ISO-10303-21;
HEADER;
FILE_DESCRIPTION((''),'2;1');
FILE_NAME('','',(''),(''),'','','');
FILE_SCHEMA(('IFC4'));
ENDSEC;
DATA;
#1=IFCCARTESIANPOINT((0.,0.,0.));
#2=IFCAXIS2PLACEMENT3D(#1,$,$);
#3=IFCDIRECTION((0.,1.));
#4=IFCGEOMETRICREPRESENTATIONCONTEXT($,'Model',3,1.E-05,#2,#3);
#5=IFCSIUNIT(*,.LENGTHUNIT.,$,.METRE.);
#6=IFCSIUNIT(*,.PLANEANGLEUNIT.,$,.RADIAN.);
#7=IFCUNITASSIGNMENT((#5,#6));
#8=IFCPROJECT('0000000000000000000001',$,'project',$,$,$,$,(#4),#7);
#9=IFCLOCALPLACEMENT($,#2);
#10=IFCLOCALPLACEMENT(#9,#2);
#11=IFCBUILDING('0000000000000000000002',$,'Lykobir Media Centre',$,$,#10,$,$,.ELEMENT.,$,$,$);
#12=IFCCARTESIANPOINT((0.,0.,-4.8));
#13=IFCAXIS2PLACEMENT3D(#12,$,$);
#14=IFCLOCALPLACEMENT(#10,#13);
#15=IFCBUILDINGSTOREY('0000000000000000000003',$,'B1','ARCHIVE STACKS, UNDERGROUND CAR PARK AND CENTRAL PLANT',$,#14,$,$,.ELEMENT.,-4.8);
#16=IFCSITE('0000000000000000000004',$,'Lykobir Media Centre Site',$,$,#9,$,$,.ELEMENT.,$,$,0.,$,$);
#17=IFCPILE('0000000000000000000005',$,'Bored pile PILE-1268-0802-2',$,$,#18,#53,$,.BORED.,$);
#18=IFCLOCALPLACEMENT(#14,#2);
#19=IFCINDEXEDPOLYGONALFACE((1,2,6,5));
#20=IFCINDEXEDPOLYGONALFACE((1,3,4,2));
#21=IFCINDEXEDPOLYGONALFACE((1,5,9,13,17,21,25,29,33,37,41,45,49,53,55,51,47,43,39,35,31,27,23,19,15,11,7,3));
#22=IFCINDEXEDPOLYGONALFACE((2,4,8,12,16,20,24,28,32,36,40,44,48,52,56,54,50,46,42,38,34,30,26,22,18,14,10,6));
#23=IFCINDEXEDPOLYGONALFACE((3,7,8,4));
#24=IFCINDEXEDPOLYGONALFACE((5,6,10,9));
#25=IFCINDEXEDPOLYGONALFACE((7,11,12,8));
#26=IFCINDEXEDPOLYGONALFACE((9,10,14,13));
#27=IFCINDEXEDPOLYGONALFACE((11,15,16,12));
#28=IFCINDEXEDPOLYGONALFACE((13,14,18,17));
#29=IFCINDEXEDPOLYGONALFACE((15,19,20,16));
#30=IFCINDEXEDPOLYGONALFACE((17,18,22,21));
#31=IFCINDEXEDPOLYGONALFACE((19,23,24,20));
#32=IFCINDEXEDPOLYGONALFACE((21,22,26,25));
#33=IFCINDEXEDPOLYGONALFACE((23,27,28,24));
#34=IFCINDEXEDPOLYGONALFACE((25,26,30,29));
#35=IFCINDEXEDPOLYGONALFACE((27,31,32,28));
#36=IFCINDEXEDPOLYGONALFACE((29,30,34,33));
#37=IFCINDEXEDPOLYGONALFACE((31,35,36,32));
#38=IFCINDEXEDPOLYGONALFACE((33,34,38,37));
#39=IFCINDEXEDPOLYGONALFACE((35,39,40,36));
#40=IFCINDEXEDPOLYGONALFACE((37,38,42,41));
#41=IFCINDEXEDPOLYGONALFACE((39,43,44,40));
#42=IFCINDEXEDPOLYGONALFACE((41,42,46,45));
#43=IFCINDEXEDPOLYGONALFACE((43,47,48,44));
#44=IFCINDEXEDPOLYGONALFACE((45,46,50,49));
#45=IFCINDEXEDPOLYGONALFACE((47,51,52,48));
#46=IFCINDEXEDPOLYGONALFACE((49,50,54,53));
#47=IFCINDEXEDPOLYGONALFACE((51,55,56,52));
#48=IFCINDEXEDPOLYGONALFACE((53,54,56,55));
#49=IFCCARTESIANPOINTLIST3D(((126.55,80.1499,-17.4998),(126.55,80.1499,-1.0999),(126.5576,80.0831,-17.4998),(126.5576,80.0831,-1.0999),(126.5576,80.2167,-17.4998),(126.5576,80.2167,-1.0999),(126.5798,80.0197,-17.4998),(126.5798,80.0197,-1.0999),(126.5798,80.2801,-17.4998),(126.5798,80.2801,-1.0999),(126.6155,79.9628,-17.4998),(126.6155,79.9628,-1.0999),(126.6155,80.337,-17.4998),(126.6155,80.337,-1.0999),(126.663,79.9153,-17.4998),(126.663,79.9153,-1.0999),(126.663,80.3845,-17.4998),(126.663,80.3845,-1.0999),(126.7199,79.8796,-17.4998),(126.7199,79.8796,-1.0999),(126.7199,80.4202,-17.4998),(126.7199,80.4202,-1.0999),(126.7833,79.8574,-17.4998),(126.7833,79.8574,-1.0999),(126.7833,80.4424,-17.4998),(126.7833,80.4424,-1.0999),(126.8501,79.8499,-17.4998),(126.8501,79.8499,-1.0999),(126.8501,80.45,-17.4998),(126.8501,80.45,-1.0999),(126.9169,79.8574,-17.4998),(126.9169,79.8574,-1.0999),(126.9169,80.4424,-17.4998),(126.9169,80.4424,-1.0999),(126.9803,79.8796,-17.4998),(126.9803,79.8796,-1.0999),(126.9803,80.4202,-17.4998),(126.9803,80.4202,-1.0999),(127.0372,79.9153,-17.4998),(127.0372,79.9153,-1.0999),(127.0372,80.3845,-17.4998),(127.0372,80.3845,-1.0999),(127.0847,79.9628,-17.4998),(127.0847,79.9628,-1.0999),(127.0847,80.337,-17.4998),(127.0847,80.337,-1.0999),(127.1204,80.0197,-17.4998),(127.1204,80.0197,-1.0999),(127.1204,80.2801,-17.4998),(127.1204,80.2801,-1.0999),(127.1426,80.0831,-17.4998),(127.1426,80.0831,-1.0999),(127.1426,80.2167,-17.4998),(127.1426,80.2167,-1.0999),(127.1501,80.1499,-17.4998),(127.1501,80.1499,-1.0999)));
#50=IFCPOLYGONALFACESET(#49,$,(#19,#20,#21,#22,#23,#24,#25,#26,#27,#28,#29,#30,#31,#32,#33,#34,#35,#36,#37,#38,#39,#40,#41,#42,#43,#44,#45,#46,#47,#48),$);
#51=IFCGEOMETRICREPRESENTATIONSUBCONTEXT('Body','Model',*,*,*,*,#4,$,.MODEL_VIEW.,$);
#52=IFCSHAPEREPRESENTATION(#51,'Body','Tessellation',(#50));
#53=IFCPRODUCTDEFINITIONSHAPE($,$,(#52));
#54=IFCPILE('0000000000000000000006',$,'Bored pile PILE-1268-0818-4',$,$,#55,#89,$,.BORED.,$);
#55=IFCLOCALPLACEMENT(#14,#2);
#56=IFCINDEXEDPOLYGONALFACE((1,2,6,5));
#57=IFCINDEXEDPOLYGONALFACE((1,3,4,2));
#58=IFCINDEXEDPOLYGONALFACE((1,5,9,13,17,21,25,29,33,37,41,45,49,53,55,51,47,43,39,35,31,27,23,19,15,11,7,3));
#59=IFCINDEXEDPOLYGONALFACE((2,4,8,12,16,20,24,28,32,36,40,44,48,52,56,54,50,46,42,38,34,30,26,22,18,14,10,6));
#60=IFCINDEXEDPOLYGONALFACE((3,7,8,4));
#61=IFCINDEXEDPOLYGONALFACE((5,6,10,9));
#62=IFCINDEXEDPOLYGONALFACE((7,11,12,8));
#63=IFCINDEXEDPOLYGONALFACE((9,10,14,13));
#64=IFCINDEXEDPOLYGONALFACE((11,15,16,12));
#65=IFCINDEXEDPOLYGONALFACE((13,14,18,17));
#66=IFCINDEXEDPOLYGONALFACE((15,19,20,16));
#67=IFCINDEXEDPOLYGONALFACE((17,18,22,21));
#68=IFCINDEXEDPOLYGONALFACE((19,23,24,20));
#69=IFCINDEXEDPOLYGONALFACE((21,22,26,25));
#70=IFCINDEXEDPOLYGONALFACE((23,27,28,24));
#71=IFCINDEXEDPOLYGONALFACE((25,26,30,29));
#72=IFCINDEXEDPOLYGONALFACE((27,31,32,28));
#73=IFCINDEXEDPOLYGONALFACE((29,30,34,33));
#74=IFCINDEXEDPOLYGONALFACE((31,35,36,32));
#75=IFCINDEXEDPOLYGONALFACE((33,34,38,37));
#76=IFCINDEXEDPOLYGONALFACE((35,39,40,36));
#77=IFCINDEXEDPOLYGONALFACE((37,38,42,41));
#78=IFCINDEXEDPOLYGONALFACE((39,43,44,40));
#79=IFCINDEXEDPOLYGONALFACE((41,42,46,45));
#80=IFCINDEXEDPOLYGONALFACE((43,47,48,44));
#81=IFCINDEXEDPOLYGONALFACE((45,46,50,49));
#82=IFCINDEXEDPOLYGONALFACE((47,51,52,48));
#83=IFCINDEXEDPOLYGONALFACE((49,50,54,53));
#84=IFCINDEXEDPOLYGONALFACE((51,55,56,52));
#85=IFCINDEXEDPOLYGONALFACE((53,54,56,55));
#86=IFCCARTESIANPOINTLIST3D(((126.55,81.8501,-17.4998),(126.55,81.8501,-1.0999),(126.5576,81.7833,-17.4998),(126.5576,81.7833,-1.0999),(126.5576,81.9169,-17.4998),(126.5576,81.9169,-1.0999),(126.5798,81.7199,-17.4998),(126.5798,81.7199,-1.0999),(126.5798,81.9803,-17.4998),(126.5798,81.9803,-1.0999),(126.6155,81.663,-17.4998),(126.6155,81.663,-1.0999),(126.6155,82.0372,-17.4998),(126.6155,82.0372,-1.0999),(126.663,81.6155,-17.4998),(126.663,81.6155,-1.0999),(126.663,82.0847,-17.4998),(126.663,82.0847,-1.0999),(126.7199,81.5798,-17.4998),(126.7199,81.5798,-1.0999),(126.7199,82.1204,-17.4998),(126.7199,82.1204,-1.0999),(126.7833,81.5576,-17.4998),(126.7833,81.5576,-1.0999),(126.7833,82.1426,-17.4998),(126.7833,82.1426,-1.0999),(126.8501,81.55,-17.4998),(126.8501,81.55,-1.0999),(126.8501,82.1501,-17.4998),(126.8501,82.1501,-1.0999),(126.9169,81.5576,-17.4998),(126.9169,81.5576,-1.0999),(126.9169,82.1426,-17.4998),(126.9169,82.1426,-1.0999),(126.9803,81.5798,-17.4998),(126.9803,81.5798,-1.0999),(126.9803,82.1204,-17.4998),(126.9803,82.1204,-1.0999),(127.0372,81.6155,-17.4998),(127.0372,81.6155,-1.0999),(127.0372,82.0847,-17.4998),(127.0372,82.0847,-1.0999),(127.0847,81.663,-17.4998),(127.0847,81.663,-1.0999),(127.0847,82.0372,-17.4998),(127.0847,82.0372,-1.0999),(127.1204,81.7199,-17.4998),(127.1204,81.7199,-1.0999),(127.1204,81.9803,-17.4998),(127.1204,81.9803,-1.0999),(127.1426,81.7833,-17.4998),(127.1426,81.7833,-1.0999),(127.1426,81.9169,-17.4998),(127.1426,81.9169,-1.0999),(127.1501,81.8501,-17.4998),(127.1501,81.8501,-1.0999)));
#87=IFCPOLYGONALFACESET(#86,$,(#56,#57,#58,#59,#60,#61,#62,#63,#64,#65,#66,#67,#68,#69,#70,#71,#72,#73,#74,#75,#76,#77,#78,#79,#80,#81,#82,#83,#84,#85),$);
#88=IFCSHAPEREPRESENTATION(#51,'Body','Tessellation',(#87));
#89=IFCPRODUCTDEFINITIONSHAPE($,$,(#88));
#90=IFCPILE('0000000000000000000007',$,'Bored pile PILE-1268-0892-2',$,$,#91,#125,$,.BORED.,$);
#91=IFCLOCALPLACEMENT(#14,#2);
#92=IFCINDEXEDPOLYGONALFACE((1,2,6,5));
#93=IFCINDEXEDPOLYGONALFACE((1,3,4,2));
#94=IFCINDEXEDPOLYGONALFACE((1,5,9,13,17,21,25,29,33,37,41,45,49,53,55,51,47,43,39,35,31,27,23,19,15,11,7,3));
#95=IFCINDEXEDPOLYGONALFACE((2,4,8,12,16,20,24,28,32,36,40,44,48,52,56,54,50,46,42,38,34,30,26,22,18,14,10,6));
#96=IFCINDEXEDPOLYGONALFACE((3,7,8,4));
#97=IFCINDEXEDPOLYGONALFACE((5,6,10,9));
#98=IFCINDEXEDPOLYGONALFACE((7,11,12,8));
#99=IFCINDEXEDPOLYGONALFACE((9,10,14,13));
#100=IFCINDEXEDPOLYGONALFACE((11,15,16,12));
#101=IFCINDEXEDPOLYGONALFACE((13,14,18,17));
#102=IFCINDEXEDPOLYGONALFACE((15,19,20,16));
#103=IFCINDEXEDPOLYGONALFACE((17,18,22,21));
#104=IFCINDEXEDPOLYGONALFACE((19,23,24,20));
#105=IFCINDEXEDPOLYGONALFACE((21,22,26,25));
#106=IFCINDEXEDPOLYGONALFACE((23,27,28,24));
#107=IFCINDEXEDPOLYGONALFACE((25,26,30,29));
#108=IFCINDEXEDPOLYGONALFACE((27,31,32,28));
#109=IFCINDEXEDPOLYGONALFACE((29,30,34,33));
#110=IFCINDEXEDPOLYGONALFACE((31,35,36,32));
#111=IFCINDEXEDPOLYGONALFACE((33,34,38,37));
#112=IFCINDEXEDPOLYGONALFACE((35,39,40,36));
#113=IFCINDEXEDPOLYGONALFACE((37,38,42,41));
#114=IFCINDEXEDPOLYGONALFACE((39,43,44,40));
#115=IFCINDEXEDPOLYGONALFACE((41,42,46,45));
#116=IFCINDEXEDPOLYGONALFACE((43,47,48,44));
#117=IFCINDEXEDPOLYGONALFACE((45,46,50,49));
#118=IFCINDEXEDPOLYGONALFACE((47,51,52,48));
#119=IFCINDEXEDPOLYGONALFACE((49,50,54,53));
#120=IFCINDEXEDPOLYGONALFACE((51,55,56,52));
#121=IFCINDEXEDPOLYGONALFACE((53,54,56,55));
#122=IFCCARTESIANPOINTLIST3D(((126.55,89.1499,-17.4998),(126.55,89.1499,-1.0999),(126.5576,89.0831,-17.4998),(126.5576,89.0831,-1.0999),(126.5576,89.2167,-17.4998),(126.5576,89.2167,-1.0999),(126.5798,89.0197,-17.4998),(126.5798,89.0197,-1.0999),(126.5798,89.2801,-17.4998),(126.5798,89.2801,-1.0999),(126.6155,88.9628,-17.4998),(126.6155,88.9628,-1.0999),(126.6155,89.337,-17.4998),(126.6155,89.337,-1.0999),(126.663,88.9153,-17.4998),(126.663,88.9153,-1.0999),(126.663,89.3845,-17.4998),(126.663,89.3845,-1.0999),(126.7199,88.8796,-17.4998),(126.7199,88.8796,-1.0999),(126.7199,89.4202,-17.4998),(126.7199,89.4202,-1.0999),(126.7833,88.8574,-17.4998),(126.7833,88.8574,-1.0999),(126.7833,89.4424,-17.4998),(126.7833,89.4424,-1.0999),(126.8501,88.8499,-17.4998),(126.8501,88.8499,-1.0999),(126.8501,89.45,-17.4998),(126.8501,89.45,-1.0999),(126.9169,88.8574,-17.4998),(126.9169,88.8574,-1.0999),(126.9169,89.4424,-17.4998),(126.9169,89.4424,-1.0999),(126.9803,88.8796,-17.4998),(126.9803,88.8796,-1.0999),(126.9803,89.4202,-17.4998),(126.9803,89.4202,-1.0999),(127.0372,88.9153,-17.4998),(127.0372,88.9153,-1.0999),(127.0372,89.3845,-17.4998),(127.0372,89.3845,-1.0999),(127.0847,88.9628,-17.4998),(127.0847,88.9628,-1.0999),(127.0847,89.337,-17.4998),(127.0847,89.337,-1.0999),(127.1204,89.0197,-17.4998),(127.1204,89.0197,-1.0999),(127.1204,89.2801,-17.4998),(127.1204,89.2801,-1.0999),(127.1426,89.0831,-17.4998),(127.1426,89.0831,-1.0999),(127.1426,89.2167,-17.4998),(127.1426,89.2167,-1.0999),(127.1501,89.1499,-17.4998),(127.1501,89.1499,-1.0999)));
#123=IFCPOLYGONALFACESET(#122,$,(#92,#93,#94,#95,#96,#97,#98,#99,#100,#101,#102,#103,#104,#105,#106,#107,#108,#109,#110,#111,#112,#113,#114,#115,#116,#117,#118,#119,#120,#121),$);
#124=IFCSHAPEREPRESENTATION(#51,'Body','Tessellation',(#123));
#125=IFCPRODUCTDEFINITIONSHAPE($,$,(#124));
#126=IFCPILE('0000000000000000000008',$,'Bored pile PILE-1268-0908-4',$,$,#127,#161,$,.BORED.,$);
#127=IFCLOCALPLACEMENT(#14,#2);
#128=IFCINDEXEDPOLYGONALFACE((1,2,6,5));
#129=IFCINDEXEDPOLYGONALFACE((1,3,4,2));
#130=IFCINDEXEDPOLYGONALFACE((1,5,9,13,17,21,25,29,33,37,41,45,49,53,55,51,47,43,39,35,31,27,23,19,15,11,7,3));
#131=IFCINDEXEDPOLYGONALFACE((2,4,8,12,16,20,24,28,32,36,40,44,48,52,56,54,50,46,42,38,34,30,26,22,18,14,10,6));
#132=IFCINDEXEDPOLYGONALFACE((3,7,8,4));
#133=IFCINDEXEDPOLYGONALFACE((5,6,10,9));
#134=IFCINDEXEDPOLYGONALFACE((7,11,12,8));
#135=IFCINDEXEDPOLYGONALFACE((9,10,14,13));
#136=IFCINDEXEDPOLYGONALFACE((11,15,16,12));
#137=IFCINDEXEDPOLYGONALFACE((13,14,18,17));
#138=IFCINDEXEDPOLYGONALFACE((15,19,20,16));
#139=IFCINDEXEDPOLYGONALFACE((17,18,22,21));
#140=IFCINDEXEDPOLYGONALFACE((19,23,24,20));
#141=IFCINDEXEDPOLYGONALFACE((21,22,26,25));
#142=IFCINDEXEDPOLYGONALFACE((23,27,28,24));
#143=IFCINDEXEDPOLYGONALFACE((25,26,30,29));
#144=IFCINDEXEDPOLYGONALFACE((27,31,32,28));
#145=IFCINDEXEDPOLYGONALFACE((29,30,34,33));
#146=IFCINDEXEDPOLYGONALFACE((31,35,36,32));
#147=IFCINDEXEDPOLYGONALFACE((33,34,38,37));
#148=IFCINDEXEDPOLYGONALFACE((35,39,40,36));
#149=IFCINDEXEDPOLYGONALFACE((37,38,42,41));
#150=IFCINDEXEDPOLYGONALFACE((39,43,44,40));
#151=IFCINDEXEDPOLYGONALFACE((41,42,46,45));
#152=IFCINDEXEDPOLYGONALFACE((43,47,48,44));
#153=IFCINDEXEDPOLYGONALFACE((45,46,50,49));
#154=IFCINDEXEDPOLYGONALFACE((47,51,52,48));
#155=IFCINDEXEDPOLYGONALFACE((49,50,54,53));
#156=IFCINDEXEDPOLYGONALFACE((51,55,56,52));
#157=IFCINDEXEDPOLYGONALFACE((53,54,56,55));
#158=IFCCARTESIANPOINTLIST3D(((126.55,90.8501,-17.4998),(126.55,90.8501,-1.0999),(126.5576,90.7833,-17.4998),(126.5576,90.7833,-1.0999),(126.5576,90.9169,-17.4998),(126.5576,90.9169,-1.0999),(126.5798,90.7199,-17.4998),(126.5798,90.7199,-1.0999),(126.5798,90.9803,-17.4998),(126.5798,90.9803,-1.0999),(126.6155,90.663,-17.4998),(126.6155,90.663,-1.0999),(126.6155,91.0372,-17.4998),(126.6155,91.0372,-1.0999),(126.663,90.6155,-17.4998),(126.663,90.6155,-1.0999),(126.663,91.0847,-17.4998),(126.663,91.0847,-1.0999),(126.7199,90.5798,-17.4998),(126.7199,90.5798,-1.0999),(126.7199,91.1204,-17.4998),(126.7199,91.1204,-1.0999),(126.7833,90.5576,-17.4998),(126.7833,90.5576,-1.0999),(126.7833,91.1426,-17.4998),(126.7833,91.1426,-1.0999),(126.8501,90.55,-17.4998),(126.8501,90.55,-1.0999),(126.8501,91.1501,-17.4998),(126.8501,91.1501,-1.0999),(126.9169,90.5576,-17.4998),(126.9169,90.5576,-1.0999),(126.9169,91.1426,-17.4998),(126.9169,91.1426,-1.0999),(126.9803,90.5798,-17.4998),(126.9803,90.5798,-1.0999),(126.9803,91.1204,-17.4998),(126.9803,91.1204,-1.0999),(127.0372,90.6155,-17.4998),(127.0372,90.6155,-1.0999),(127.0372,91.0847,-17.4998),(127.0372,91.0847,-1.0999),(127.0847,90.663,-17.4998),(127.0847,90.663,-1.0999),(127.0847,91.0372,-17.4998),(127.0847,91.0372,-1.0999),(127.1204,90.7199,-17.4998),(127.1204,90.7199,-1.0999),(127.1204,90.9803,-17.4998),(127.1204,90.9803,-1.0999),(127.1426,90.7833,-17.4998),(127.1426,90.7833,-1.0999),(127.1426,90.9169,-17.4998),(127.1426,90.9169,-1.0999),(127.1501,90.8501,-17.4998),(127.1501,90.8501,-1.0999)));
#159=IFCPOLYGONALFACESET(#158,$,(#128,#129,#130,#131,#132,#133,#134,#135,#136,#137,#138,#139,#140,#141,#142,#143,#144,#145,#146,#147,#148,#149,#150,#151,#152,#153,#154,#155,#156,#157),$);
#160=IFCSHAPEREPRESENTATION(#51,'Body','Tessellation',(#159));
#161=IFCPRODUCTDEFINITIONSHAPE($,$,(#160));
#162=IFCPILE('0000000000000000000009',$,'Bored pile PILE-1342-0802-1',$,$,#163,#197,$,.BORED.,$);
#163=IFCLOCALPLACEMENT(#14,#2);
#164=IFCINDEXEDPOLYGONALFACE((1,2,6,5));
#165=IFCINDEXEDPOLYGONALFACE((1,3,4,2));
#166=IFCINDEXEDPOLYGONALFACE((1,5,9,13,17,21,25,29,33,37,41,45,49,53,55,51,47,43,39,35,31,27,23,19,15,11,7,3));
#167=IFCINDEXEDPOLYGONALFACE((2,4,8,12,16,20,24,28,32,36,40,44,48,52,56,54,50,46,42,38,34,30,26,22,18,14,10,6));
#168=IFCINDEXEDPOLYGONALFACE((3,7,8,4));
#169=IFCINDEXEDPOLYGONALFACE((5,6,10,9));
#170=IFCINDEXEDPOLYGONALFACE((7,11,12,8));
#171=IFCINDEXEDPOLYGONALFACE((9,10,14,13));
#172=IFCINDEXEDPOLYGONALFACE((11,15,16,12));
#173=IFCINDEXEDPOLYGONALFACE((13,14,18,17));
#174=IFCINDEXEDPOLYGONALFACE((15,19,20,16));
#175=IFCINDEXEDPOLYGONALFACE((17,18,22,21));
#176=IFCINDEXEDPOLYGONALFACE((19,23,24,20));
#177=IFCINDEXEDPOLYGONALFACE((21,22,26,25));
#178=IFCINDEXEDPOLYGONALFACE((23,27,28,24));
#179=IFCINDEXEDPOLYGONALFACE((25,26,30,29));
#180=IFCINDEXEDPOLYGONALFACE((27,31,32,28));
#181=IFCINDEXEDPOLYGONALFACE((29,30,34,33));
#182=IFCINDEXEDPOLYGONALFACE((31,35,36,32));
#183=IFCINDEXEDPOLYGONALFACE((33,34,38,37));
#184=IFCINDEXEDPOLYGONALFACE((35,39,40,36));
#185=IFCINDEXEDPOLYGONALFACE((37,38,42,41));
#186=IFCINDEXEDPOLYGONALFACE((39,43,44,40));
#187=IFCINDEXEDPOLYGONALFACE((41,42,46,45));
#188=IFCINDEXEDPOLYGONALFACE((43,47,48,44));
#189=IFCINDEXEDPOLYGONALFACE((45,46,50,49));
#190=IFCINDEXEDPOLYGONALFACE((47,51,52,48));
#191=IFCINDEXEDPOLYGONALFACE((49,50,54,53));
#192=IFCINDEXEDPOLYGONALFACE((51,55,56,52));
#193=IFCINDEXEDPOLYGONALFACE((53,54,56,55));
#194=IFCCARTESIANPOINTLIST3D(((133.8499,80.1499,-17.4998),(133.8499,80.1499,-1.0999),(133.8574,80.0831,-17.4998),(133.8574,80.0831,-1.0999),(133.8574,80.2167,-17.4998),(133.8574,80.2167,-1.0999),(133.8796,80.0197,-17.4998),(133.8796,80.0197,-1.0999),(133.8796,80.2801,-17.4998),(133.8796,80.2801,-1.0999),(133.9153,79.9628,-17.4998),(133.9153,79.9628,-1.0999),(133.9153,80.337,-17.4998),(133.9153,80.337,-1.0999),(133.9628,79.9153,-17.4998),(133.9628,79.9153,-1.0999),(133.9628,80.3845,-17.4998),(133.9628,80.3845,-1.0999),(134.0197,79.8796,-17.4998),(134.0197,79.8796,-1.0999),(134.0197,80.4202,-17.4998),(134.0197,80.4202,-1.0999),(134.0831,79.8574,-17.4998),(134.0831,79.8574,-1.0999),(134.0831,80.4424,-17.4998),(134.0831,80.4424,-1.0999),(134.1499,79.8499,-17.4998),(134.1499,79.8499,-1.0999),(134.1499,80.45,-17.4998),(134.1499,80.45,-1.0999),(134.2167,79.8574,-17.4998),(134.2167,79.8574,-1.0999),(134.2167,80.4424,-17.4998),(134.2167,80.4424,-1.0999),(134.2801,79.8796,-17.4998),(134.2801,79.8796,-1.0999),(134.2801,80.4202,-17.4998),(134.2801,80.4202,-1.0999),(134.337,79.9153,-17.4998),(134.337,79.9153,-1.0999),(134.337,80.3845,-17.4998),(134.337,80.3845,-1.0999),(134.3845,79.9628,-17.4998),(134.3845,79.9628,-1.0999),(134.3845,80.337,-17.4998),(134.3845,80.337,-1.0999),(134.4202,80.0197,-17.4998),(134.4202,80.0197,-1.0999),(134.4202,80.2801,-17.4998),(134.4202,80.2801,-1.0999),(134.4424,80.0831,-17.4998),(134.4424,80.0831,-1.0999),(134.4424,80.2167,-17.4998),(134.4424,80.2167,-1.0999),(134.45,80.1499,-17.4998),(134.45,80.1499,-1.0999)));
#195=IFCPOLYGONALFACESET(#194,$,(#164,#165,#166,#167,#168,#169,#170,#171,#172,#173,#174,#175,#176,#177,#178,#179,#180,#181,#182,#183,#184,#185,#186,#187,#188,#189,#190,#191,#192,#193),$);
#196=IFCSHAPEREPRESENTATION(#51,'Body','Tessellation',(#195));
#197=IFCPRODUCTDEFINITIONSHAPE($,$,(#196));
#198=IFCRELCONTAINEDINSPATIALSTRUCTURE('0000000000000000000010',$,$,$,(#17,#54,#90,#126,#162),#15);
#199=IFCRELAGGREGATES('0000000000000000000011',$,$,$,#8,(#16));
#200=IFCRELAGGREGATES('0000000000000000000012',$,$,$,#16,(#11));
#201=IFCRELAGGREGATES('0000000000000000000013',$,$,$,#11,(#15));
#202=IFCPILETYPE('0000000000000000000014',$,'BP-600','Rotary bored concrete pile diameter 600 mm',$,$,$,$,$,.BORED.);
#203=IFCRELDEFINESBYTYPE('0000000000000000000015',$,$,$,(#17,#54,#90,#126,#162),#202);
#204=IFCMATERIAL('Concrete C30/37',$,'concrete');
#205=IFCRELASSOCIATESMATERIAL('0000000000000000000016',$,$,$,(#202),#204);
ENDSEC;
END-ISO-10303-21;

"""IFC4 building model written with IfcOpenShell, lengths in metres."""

from ifc_helpers import new_model, si_unit, direction, frame, origin, origin_2d, place, context, subcontext, project, spatial, circle, extrude, material, material_profile, profile_set, type_object, element, save


model = new_model("IFC4")

# Units and contexts
model_context = context("Model", 3, precision=1e-05, world=origin(), true_north=direction((0.0, 1.0)))
body_context = subcontext(model_context, "Body", "Model", "MODEL_VIEW")
ifc_project = project(units=[si_unit("LENGTHUNIT", "METRE"), si_unit("PLANEANGLEUNIT", "RADIAN")], contexts=[model_context])

# Site, building, storey
site_placement = place(None, origin())
site = spatial("IfcSite", under=ifc_project, at=site_placement, Name="Lykobir Media Centre Site", CompositionType="ELEMENT", RefElevation=0.0)
building_placement = place(site_placement, origin())
building = spatial("IfcBuilding", under=site, at=building_placement, Name="Lykobir Media Centre", CompositionType="ELEMENT")
storey_placement = place(building_placement, frame((0.0, 0.0, -4.8)))
storey = spatial("IfcBuildingStorey", under=building, at=storey_placement, Name="B1", Description="ARCHIVE STACKS, UNDERGROUND CAR PARK AND CENTRAL PLANT", CompositionType="ELEMENT", Elevation=-4.8)

# Piles
ifc_material_1 = material(Name="Concrete C30/37", Category="concrete")
ifc_material_profile_1 = material_profile(ifc_material_1, circle(Radius=0.3, at=origin_2d()), Name="BORED PILE D600")
ifc_profile_set_1 = profile_set([ifc_material_profile_1], Name="Concrete C30/37")
pile_type = type_object("IfcPileType", Name="BP-600", Description="Rotary bored concrete pile diameter 600 mm", PredefinedType="BORED", material=ifc_profile_set_1)
for number, where, z_axis, x_axis, name in (
    (1, (126.8501, 80.1499, -1.0999), (0.0, 0.0, -1.0), (1.0, 0.0, 0.0), "Bored pile PILE-1268-0802-2"),
    (2, (126.8501, 81.8501, -1.0999), (0.0, 0.0, -1.0), (1.0, 0.0, 0.0), "Bored pile PILE-1268-0818-4"),
    (3, (126.8501, 89.1499, -1.0999), (0.0, 0.0, -1.0), (1.0, 0.0, 0.0), "Bored pile PILE-1268-0892-2"),
    (4, (126.8501, 90.8501, -1.0999), (0.0, 0.0, -1.0), (1.0, 0.0, 0.0), "Bored pile PILE-1268-0908-4"),
    (5, (134.1499, 80.1499, -1.0999), (0.0, 0.0, -1.0), (1.0, 0.0, 0.0), "Bored pile PILE-1342-0802-1"),
):
    element("IfcPile", number, at=place(storey_placement, frame(where, z_axis=z_axis, x_axis=x_axis)), inside=storey, type_object=pile_type, Name=name, PredefinedType="BORED", context=body_context, shape_type="SweptSolid", body=[
        extrude(circle(Radius=0.3, at=origin_2d()), origin(), (0.0, 0.0, 1.0), 16.3999),
    ])

save(model, "model.ifc")
